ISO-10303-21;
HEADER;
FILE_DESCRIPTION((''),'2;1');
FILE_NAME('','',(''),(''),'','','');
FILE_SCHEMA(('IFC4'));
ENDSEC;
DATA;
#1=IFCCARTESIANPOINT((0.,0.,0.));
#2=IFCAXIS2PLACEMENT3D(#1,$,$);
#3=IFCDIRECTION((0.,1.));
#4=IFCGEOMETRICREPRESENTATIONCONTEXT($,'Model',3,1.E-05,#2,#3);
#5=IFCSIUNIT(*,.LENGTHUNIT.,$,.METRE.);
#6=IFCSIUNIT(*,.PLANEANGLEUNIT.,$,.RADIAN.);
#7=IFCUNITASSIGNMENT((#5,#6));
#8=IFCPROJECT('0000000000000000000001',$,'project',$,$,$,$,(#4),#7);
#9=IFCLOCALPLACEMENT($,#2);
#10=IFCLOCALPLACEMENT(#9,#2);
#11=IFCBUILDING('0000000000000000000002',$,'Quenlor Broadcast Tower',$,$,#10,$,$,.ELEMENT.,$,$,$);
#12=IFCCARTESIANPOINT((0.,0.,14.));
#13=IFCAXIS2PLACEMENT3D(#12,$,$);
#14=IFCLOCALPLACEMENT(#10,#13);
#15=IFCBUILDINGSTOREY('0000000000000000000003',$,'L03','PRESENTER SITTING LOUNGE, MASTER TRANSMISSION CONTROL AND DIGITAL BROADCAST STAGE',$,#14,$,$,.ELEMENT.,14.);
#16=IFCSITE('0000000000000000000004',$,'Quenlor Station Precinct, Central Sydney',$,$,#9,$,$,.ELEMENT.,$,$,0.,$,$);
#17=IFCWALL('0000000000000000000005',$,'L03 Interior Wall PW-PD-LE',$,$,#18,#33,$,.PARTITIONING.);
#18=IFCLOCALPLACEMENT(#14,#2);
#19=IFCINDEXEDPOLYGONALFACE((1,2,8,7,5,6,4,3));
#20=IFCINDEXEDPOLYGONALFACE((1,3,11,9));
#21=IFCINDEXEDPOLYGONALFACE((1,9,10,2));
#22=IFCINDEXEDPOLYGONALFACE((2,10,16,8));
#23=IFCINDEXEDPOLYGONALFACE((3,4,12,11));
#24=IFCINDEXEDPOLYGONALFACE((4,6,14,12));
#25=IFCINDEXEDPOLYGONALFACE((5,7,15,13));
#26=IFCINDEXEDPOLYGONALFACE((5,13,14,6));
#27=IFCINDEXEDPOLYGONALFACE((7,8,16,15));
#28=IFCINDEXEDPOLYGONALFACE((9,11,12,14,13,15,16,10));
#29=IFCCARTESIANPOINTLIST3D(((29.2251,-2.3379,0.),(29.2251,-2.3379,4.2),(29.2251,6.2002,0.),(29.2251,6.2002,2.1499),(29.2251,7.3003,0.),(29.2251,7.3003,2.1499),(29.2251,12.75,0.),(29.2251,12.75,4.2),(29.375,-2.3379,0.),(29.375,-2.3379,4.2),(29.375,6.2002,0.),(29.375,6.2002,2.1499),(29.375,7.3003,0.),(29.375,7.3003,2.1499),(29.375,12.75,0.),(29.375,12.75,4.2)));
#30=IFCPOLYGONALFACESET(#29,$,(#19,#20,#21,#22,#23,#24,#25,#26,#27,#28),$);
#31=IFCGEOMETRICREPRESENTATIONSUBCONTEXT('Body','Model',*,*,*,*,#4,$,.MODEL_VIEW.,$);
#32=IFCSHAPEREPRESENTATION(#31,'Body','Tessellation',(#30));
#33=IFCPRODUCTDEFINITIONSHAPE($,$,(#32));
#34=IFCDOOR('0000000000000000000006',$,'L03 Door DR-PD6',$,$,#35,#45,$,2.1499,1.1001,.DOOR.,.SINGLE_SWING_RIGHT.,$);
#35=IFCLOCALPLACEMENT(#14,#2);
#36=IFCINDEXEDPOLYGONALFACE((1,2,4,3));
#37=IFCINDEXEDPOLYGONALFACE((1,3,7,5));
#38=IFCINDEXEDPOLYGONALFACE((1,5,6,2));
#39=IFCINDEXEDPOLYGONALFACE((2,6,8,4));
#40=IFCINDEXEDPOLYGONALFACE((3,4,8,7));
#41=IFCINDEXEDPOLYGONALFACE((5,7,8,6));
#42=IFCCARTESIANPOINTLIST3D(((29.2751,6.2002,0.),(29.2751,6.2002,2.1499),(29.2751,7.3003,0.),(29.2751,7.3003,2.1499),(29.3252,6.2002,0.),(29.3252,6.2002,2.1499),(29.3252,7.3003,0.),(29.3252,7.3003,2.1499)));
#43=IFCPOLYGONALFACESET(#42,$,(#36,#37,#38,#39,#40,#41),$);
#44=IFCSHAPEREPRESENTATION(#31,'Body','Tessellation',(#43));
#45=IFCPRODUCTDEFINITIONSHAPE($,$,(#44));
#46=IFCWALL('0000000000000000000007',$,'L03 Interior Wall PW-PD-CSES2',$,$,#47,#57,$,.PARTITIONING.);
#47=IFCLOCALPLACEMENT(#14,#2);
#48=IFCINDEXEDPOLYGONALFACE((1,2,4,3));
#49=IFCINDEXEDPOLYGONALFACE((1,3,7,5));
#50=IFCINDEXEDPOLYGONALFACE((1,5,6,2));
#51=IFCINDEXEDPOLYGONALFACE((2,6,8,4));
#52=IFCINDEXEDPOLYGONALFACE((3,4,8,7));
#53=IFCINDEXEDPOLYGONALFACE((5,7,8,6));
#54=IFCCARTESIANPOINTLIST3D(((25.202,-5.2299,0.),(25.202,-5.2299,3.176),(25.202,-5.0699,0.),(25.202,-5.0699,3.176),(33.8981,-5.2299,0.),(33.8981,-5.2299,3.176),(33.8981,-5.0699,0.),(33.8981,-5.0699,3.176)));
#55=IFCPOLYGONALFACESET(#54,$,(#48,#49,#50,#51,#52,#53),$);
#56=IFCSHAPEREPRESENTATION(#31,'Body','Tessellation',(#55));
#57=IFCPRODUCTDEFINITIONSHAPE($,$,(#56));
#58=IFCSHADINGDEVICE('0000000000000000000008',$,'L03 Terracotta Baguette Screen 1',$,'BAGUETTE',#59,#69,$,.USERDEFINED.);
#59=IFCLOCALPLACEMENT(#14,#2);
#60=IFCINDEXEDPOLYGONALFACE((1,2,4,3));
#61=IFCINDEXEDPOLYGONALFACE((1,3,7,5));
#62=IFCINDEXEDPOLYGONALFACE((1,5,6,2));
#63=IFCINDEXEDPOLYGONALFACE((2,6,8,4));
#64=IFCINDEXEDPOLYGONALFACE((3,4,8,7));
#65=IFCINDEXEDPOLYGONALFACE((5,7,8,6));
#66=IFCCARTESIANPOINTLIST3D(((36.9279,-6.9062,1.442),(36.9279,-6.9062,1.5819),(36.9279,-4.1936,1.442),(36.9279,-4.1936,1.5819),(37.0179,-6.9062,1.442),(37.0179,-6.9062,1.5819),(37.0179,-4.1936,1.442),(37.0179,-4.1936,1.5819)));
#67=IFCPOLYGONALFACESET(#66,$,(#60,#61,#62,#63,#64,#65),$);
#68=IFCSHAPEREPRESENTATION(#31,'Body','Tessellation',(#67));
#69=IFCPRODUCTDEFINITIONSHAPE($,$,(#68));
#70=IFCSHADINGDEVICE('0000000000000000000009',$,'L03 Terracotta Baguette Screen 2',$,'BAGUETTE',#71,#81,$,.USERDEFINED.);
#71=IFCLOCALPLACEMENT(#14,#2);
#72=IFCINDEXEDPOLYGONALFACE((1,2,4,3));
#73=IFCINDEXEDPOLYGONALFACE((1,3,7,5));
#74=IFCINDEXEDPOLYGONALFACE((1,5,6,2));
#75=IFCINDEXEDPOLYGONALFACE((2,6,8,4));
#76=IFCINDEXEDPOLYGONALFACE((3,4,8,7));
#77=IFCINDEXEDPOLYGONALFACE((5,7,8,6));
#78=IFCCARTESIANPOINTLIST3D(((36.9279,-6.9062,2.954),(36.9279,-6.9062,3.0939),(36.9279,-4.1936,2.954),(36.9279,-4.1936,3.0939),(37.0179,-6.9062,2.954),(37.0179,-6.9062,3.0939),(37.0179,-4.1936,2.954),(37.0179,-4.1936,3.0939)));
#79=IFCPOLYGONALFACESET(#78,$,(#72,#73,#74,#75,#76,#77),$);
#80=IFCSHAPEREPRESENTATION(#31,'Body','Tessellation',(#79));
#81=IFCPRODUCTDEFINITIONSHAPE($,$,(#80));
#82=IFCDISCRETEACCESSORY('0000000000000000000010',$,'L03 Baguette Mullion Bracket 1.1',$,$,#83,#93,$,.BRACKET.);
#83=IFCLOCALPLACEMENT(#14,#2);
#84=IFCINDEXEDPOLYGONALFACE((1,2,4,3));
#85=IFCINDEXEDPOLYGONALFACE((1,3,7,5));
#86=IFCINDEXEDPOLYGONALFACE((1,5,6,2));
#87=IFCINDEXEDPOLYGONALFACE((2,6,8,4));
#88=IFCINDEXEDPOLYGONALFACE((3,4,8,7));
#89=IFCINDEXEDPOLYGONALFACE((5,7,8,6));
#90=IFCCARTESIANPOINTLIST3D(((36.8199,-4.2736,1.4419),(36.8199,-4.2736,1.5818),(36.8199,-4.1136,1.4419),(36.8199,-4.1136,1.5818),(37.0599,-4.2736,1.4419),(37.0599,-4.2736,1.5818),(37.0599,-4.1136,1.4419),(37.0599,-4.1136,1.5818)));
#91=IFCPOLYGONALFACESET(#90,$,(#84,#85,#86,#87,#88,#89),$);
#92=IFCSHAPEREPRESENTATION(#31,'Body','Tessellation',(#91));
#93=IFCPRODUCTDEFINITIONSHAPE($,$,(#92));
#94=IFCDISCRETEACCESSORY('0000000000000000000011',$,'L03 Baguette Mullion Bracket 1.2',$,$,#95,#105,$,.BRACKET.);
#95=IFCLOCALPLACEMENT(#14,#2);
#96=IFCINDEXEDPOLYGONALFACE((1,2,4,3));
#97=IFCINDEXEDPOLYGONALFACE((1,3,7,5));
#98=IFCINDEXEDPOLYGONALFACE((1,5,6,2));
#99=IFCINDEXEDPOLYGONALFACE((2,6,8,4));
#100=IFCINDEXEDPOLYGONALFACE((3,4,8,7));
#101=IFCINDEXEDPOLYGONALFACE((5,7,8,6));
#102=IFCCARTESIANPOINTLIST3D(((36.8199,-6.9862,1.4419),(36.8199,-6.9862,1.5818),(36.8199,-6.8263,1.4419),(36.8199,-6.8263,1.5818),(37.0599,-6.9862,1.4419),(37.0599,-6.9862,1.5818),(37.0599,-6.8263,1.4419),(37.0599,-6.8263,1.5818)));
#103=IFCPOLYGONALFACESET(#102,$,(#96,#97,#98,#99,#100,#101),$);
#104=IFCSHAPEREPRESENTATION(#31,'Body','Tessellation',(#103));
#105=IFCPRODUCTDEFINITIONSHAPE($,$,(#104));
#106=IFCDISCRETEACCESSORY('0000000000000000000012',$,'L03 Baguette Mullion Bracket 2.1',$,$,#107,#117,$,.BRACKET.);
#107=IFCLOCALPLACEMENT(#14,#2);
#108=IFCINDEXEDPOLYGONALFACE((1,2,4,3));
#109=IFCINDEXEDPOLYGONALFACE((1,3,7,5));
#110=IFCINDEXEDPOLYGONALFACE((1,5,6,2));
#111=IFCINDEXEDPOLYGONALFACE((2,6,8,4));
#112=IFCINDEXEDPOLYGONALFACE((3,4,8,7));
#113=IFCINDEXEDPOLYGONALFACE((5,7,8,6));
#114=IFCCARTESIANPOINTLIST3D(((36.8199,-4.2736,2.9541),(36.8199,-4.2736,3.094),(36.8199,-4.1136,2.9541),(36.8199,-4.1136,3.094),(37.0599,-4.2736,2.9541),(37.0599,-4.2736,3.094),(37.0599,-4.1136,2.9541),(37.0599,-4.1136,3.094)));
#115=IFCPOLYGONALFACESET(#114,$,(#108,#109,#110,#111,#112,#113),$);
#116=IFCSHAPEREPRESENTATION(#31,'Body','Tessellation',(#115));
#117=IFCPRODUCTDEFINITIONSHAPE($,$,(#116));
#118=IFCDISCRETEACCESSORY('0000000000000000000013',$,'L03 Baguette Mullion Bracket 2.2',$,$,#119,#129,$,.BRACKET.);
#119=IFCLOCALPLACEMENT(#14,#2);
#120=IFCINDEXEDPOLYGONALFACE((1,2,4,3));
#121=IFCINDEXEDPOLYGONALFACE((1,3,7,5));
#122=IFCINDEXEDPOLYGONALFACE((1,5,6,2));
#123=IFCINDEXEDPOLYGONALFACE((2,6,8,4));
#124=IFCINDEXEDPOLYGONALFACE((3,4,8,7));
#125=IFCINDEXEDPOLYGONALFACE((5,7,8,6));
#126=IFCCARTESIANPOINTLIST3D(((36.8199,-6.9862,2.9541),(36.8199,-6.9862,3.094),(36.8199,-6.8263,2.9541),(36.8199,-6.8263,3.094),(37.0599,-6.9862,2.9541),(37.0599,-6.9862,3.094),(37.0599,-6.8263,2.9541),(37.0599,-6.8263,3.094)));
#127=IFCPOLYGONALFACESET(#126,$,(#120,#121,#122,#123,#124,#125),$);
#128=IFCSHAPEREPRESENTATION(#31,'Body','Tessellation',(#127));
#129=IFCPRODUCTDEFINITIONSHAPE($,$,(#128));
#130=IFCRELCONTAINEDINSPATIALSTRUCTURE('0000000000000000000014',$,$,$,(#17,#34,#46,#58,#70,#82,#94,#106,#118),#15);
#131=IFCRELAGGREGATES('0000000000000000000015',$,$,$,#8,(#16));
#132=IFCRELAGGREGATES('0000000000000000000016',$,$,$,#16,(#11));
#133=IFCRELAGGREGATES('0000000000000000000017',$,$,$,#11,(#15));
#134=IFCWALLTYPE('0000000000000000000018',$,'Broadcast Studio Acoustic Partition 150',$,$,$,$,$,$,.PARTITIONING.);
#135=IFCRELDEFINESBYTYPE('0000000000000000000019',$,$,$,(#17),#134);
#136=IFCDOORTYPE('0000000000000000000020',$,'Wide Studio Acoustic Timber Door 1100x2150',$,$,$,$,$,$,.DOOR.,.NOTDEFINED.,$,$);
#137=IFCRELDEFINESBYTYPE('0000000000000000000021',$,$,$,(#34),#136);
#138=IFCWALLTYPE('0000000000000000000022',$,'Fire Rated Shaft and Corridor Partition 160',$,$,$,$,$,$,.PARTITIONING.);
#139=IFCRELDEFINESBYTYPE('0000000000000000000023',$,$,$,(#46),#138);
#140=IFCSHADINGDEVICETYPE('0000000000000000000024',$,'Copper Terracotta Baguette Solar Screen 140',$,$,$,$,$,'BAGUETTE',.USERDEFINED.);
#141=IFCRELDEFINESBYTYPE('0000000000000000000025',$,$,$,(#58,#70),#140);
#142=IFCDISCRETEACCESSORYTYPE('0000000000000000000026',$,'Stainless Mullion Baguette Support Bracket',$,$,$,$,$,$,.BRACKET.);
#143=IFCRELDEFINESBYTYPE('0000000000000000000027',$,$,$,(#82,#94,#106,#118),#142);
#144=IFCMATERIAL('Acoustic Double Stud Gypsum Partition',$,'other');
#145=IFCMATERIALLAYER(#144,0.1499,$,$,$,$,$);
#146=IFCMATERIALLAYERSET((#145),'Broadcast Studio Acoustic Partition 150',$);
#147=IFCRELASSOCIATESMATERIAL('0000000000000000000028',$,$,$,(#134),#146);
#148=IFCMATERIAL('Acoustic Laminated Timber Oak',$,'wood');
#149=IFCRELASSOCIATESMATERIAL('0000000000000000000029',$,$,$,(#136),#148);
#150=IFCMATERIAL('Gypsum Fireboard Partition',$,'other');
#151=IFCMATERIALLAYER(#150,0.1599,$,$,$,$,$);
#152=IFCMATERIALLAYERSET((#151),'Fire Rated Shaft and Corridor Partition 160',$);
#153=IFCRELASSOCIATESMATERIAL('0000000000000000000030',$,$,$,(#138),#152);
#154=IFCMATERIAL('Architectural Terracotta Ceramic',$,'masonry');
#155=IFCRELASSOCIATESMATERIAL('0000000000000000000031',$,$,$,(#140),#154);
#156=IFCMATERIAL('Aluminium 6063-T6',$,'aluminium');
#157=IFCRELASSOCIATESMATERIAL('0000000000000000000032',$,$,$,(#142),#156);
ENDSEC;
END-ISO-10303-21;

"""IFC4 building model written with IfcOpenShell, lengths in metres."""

from ifc_helpers import new_model, si_unit, direction, frame, frame_2d, origin, origin_2d, place, context, subcontext, project, spatial, rectangle, extrude, material, layer, layer_set, material_profile, profile_set, type_object, element, fill, save


model = new_model("IFC4")

# Units and contexts
model_context = context("Model", 3, precision=1e-05, world=origin(), true_north=direction((0.0, 1.0)))
body_context = subcontext(model_context, "Body", "Model", "MODEL_VIEW")
ifc_project = project(units=[si_unit("LENGTHUNIT", "METRE"), si_unit("PLANEANGLEUNIT", "RADIAN")], contexts=[model_context])

# Site, building, storey
site_placement = place(None, origin())
site = spatial("IfcSite", under=ifc_project, at=site_placement, Name="Quenlor Station Precinct, Central Sydney", CompositionType="ELEMENT", RefElevation=0.0)
building_placement = place(site_placement, origin())
building = spatial("IfcBuilding", under=site, at=building_placement, Name="Quenlor Broadcast Tower", CompositionType="ELEMENT")
storey_placement = place(building_placement, frame((0.0, 0.0, 14.0)))
storey = spatial("IfcBuildingStorey", under=building, at=storey_placement, Name="L03", Description="PRESENTER SITTING LOUNGE, MASTER TRANSMISSION CONTROL AND DIGITAL BROADCAST STAGE", CompositionType="ELEMENT", Elevation=14.0)

# Wall, opening, door
ifc_material_1 = material(Name="Acoustic Double Stud Gypsum Partition", Category="other")
ifc_layer_1 = layer(ifc_material_1, 0.1499)
ifc_layer_set_1 = layer_set([ifc_layer_1], Name="Broadcast Studio Acoustic Partition 150")
wall_type_1 = type_object("IfcWallType", Name="Broadcast Studio Acoustic Partition 150", PredefinedType="PARTITIONING", material=ifc_layer_set_1)
wall_1_placement = place(storey_placement, frame((29.3, -2.3379, 0.0), z_axis=(0.0, 0.0, 1.0), x_axis=(0.0, 1.0, 0.0)))
wall_1 = element("IfcWall", 1, at=wall_1_placement, inside=storey, type_object=wall_type_1, Name="L03 Interior Wall PW-PD-LE", PredefinedType="PARTITIONING", context=body_context, shape_type="SweptSolid", body=[
    extrude(rectangle(XDim=15.0879, YDim=0.1499, at=frame_2d((7.5439, 0.0))), origin(), (0.0, 0.0, 1.0), 4.2),
])
opening_placement = place(wall_1_placement, frame((8.5381, 0.0, 0.0)))
opening = element("IfcOpeningElement", 2, at=opening_placement, cuts=wall_1, PredefinedType="OPENING", context=body_context, shape_type="SweptSolid", body=[
    extrude(rectangle(XDim=1.1001, YDim=2.1499, at=frame_2d((0.55, 1.075))), frame((0.0, 0.085, 0.0), z_axis=(0.0, -1.0, 0.0), x_axis=(1.0, 0.0, 0.0)), (0.0, 0.0, 1.0), 0.1699),
])
ifc_material_2 = material(Name="Acoustic Laminated Timber Oak", Category="wood")
door_type = type_object("IfcDoorType", Name="Wide Studio Acoustic Timber Door 1100x2150", OperationType="NOTDEFINED", PredefinedType="DOOR", material=ifc_material_2)
door_placement = place(opening_placement, origin())
door = element("IfcDoor", 3, at=door_placement, inside=storey, type_object=door_type, Name="L03 Door DR-PD6", OperationType="SINGLE_SWING_RIGHT", OverallHeight=2.1499, OverallWidth=1.1001, PredefinedType="DOOR", context=body_context, shape_type="SweptSolid", body=[
    extrude(rectangle(XDim=1.1001, YDim=2.1499, at=frame_2d((0.55, 1.075))), frame((0.0, 0.0249, 0.0), z_axis=(0.0, -1.0, 0.0), x_axis=(1.0, 0.0, 0.0)), (0.0, 0.0, 1.0), 0.05),
])
fill(opening, door)

# Wall
ifc_material_3 = material(Name="Gypsum Fireboard Partition", Category="other")
ifc_layer_2 = layer(ifc_material_3, 0.1599)
ifc_layer_set_2 = layer_set([ifc_layer_2], Name="Fire Rated Shaft and Corridor Partition 160")
wall_type_2 = type_object("IfcWallType", Name="Fire Rated Shaft and Corridor Partition 160", PredefinedType="PARTITIONING", material=ifc_layer_set_2)
wall_2_placement = place(storey_placement, frame((25.2019, -5.1499, 0.0), z_axis=(0.0, 0.0, 1.0), x_axis=(1.0, 0.0, 0.0)))
element("IfcWall", 4, at=wall_2_placement, inside=storey, type_object=wall_type_2, Name="L03 Interior Wall PW-PD-CSES2", PredefinedType="PARTITIONING", context=body_context, shape_type="SweptSolid", body=[
    extrude(rectangle(XDim=8.696, YDim=0.1599, at=frame_2d((4.3481, 0.0))), origin(), (0.0, 0.0, 1.0), 3.176),
])

# Shading devices
ifc_material_4 = material(Name="Architectural Terracotta Ceramic", Category="masonry")
ifc_material_profile_1 = material_profile(ifc_material_4, rectangle(XDim=0.0901, YDim=0.1399, at=origin_2d()))
ifc_profile_set_1 = profile_set([ifc_material_profile_1], Name="Architectural Terracotta Ceramic BAG90x140")
shading_device_type = type_object("IfcShadingDeviceType", Name="Copper Terracotta Baguette Solar Screen 140", ElementType="BAGUETTE", PredefinedType="USERDEFINED", material=ifc_profile_set_1)
for number, where, z_axis, x_axis, name in (
    (5, (36.9729, -4.1936, 1.512), (0.0, -1.0, 0.0), (1.0, 0.0, 0.0), "L03 Terracotta Baguette Screen 1"),
    (6, (36.9729, -4.1936, 3.0239), (0.0, -1.0, 0.0), (1.0, 0.0, 0.0), "L03 Terracotta Baguette Screen 2"),
):
    element("IfcShadingDevice", number, at=place(storey_placement, frame(where, z_axis=z_axis, x_axis=x_axis)), inside=storey, type_object=shading_device_type, Name=name, ObjectType="BAGUETTE", PredefinedType="USERDEFINED", context=body_context, shape_type="SweptSolid", body=[
        extrude(rectangle(XDim=0.0901, YDim=0.1399, at=origin_2d()), origin(), (0.0, 0.0, 1.0), 2.7126),
    ])

# Discrete accessories
ifc_material_5 = material(Name="Aluminium 6063-T6", Category="aluminium")
discrete_accessory_type = type_object("IfcDiscreteAccessoryType", Name="Stainless Mullion Baguette Support Bracket", PredefinedType="BRACKET", material=ifc_material_5)
for number, where, z_axis, x_axis, name in (
    (7, (36.9399, -4.1936, 1.4419), (0.0, 0.0, 1.0), (0.0, -1.0, 0.0), "L03 Baguette Mullion Bracket 1.1"),
    (8, (36.9399, -6.9062, 1.4419), (0.0, 0.0, 1.0), (0.0, -1.0, 0.0), "L03 Baguette Mullion Bracket 1.2"),
    (9, (36.9399, -4.1936, 2.9541), (0.0, 0.0, 1.0), (0.0, -1.0, 0.0), "L03 Baguette Mullion Bracket 2.1"),
    (10, (36.9399, -6.9062, 2.9541), (0.0, 0.0, 1.0), (0.0, -1.0, 0.0), "L03 Baguette Mullion Bracket 2.2"),
):
    element("IfcDiscreteAccessory", number, at=place(storey_placement, frame(where, z_axis=z_axis, x_axis=x_axis)), inside=storey, type_object=discrete_accessory_type, Name=name, PredefinedType="BRACKET", context=body_context, shape_type="SweptSolid", body=[
        extrude(rectangle(XDim=0.1599, YDim=0.24, at=origin_2d()), origin(), (0.0, 0.0, 1.0), 0.1399),
    ])

save(model, "model.ifc")
